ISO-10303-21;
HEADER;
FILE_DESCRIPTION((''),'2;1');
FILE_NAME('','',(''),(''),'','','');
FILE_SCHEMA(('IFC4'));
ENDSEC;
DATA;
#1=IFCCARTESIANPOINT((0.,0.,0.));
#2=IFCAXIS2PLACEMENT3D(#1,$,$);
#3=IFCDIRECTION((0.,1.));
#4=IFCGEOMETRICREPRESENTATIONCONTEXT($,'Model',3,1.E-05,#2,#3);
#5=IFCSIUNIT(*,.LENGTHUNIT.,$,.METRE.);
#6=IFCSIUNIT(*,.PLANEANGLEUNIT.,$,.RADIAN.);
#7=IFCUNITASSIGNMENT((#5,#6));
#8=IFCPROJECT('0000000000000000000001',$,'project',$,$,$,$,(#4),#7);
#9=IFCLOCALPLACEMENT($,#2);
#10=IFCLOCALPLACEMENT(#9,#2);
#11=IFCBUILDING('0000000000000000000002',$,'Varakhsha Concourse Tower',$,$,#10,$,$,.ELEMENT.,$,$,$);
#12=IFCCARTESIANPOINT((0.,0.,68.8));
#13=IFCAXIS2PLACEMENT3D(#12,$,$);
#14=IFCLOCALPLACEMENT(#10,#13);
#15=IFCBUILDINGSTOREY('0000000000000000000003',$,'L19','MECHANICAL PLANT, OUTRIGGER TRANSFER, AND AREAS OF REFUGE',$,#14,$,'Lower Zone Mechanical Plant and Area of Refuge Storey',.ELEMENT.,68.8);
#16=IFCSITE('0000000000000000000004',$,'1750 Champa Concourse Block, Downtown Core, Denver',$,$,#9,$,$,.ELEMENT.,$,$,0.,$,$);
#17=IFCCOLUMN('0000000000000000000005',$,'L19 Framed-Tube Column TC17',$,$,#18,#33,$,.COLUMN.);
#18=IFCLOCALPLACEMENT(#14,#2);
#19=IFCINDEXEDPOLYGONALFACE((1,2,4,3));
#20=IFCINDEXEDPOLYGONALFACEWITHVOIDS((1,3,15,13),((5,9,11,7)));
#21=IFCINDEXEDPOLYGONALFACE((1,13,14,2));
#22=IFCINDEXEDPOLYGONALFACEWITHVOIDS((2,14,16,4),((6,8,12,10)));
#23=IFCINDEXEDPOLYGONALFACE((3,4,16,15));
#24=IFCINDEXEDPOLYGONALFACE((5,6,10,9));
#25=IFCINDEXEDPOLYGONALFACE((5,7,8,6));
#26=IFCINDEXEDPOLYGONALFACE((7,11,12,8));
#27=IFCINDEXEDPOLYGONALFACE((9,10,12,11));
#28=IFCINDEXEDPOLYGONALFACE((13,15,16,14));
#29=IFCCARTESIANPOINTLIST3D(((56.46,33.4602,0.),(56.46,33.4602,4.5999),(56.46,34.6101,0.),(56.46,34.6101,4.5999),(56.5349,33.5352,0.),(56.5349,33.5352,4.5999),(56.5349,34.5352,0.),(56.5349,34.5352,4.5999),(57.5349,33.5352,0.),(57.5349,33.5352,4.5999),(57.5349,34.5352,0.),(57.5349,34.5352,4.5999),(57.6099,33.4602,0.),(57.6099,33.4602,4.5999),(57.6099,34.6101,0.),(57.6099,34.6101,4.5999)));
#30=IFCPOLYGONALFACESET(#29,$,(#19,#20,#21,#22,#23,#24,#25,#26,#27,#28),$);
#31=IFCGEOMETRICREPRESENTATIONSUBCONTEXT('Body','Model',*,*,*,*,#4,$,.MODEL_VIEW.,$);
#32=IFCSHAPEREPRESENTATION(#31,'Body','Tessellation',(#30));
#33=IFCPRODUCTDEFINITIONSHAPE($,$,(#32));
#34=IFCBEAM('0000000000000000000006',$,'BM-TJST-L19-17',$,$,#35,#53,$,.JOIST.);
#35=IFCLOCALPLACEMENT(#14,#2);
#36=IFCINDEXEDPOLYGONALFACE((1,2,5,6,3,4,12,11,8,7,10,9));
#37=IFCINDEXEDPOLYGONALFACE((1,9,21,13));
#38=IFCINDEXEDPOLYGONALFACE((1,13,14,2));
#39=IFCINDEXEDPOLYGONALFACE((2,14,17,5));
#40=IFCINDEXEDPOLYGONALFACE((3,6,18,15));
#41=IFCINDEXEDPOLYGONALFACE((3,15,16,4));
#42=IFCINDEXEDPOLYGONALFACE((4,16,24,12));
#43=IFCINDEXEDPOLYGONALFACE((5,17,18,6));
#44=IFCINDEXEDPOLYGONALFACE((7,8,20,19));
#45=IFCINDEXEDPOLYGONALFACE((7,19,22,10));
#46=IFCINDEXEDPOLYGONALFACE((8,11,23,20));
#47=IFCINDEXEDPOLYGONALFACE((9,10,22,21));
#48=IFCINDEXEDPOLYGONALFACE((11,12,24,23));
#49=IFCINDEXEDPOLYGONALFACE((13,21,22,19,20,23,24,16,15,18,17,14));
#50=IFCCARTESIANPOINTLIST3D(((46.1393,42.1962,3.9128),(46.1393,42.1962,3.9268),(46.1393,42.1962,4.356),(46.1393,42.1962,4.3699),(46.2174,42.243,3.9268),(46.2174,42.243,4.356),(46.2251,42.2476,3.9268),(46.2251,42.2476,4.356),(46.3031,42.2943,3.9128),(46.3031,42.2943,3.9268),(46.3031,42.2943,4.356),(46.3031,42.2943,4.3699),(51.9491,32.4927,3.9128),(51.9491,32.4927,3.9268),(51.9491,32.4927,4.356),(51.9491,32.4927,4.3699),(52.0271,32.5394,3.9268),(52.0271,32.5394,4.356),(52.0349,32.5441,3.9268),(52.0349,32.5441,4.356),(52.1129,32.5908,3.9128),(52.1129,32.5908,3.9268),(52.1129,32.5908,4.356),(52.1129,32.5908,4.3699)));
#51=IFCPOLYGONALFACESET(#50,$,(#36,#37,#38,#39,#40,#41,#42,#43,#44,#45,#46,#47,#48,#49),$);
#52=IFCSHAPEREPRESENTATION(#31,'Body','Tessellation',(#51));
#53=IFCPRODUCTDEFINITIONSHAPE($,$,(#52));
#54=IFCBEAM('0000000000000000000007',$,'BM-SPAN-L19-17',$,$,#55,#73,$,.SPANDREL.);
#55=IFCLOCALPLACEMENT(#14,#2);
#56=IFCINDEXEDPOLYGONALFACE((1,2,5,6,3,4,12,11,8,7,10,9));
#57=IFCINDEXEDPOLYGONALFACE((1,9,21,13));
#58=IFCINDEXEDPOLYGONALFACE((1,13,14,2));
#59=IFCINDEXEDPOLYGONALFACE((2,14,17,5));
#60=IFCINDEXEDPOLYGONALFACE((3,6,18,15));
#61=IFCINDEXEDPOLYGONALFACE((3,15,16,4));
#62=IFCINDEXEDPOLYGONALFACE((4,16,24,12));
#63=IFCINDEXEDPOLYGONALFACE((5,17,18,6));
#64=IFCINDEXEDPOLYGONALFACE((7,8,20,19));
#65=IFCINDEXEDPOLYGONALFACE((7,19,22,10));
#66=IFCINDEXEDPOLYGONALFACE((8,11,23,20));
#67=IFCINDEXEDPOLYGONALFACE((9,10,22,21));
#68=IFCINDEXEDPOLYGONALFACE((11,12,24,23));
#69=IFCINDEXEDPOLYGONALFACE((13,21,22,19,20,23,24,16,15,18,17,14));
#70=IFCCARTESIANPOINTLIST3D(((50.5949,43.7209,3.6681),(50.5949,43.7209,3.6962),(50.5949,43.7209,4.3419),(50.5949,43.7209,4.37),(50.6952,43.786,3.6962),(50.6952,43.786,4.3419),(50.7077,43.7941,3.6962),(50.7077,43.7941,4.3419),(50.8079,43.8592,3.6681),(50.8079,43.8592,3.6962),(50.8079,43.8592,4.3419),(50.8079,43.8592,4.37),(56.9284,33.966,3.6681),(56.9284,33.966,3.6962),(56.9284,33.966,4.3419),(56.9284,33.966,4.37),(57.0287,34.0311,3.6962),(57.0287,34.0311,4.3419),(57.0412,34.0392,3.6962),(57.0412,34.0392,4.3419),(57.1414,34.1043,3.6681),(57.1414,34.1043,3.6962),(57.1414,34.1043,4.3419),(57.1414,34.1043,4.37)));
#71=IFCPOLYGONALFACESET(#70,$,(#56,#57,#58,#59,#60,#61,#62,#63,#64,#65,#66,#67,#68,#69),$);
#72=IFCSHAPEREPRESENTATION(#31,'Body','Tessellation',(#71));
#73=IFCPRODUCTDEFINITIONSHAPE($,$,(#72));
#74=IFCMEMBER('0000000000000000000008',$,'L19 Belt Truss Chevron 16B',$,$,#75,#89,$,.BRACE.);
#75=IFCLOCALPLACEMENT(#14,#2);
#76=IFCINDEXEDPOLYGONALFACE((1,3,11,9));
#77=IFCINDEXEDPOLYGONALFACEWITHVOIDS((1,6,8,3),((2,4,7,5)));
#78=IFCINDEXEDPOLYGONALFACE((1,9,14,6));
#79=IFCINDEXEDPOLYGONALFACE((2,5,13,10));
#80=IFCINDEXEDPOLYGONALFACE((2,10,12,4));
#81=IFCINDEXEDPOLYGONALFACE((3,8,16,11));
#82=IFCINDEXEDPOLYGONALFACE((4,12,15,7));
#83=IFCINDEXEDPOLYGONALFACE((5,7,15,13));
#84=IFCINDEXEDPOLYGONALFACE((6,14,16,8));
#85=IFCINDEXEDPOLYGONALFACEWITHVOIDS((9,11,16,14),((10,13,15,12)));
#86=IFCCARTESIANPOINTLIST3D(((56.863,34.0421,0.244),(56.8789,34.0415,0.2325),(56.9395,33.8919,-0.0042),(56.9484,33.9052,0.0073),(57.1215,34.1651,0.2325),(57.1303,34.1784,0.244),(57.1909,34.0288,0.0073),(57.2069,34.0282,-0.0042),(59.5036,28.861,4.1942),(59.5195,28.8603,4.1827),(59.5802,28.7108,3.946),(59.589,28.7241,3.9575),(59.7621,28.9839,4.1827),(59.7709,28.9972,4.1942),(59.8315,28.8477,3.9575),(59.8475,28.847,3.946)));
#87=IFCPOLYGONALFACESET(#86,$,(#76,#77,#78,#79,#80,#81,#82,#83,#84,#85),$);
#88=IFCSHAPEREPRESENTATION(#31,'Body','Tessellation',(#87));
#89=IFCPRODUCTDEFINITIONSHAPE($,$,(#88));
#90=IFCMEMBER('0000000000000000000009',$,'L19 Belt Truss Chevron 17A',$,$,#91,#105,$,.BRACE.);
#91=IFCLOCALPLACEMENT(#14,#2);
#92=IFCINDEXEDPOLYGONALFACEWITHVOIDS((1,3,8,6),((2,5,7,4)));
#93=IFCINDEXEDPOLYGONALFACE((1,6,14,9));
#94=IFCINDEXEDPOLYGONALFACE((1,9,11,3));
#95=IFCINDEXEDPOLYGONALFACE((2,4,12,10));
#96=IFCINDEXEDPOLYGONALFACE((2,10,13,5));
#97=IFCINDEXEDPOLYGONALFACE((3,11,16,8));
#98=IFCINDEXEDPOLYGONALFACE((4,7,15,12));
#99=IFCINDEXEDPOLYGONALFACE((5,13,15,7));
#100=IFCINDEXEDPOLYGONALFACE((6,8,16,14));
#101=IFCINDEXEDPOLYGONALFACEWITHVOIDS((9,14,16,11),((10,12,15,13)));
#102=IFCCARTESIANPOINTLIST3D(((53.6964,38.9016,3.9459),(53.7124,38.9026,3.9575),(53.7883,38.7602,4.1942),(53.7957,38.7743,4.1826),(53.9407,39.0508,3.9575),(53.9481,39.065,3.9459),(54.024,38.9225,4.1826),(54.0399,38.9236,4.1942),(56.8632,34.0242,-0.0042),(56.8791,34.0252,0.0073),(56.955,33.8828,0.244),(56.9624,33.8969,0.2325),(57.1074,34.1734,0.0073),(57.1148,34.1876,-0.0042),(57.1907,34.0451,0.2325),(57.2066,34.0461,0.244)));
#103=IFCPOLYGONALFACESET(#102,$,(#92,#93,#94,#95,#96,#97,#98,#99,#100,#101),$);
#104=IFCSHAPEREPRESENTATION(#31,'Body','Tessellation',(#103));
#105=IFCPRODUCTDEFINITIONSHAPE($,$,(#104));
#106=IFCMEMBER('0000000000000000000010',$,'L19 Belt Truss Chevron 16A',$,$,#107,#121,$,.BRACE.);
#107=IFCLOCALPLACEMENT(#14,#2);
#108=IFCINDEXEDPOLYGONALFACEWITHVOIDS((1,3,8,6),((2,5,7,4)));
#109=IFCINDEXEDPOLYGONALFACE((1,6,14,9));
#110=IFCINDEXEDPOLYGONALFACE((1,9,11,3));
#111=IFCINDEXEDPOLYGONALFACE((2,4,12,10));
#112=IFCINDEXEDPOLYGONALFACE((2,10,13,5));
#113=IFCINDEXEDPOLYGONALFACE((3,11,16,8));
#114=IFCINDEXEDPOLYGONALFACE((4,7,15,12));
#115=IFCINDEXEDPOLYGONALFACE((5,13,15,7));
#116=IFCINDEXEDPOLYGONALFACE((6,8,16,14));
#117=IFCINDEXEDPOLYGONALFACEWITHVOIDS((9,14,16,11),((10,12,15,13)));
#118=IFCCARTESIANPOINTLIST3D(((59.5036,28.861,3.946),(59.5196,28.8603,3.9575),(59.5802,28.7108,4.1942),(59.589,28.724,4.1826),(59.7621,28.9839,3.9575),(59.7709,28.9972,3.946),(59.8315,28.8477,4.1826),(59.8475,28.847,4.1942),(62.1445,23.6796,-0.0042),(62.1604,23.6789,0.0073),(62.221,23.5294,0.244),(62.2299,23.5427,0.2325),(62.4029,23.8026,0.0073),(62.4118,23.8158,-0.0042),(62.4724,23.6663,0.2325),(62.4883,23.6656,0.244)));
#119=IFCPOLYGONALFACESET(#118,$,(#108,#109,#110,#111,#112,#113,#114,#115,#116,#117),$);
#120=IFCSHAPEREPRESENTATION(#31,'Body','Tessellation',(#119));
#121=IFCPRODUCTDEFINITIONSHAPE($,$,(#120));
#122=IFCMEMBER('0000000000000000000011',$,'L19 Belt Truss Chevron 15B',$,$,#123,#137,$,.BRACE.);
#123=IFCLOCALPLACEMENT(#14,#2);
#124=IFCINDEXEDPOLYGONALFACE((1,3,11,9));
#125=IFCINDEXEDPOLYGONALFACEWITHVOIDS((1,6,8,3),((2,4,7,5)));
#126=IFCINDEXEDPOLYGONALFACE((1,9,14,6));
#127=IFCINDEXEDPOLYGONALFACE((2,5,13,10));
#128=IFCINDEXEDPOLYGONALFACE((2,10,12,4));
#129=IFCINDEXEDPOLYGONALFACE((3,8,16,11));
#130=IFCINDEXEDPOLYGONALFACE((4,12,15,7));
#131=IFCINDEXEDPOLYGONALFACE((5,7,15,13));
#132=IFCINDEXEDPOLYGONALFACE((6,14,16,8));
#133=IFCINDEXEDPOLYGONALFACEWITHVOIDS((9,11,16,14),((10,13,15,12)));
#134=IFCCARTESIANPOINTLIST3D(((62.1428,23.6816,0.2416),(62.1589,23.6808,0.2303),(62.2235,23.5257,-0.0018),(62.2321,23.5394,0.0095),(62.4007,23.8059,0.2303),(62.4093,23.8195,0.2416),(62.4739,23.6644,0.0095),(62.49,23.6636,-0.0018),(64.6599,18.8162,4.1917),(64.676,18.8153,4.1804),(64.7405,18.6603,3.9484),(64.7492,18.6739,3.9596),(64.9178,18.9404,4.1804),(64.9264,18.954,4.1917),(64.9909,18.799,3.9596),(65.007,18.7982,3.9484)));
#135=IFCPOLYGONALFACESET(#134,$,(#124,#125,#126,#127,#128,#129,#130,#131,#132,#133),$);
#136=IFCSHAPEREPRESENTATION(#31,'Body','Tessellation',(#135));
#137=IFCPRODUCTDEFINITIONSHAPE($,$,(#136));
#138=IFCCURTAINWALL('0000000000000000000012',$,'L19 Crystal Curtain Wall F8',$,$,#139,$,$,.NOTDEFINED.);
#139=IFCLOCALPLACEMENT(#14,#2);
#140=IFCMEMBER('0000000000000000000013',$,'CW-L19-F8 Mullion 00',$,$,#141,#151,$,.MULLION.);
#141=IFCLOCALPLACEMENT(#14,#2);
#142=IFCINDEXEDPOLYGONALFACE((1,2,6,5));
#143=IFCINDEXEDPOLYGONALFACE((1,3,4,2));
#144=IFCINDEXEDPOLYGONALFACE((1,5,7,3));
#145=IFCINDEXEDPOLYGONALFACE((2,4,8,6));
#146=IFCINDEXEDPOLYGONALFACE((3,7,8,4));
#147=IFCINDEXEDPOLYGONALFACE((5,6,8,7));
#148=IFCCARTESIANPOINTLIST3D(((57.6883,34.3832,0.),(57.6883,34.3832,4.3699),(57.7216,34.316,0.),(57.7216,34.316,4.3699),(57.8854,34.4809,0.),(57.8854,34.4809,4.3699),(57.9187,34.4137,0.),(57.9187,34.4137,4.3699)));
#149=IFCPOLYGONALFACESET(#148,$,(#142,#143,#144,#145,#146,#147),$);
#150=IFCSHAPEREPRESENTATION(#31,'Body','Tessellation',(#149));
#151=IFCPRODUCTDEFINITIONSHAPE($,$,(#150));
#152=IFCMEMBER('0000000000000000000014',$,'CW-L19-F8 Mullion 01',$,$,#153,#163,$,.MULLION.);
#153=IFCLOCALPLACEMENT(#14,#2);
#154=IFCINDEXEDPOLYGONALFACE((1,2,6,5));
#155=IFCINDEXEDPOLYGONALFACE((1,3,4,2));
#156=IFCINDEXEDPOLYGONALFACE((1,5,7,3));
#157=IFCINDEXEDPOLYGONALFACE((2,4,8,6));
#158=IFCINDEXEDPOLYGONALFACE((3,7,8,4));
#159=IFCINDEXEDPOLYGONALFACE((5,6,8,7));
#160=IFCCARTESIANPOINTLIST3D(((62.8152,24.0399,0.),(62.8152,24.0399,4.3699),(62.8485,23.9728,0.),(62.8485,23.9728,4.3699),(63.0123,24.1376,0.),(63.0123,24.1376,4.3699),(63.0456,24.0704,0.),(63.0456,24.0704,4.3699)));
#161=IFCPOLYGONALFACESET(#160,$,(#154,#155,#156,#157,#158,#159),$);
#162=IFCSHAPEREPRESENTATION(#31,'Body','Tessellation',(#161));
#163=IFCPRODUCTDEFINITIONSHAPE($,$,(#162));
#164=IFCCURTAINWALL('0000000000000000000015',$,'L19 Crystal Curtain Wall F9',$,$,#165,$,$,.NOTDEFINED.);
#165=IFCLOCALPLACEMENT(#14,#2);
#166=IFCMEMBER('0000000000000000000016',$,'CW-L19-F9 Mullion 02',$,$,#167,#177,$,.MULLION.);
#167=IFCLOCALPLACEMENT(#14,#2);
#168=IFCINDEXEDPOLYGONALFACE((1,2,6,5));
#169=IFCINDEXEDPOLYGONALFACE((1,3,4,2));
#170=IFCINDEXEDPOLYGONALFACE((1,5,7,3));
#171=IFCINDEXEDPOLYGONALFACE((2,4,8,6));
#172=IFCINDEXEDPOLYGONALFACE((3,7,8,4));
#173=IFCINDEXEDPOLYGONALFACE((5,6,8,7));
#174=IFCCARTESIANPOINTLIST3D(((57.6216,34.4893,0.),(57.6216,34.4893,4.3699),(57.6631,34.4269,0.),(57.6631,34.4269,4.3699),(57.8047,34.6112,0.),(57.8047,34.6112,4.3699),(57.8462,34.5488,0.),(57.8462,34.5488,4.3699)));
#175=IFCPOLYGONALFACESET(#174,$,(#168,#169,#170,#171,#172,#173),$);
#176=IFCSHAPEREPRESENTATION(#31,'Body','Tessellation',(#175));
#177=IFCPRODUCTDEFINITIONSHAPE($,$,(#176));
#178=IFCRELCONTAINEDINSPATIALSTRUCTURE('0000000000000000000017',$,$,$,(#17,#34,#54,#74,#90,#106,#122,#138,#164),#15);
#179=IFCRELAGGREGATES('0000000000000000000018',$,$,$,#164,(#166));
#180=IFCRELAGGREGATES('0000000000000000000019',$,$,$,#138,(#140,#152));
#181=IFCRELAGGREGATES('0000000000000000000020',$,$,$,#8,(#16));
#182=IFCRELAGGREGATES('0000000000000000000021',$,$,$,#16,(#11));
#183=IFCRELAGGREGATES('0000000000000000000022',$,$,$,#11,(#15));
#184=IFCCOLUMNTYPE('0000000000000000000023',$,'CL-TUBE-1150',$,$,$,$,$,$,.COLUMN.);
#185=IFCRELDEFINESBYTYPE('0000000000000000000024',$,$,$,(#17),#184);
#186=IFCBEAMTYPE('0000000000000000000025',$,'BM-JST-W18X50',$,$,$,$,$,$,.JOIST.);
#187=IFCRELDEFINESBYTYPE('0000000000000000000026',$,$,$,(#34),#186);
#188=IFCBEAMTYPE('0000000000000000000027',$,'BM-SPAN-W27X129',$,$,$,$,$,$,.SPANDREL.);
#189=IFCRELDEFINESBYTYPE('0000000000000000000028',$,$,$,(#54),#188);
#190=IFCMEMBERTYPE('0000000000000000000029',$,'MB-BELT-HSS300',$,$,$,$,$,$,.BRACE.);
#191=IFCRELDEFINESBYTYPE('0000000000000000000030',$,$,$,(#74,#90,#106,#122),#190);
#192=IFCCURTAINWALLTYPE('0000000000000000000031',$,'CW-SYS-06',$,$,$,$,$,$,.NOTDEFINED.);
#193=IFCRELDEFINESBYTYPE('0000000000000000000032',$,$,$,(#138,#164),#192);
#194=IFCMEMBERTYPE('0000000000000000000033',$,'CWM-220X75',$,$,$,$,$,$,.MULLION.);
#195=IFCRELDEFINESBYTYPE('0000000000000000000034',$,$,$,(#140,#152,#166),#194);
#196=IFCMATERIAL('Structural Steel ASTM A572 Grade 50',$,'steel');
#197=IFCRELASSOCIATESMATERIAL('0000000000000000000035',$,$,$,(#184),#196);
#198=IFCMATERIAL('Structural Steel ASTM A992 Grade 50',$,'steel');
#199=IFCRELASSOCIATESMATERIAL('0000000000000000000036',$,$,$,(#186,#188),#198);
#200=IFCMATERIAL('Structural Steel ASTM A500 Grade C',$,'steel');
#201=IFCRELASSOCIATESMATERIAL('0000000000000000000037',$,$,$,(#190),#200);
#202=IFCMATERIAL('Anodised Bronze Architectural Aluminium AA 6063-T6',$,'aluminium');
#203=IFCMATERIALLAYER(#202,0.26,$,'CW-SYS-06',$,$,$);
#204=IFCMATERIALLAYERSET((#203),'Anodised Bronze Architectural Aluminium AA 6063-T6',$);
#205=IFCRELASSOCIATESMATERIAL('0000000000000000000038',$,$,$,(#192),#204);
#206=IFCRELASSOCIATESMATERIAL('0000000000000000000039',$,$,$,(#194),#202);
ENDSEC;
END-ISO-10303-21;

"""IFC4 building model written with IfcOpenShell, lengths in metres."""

from ifc_helpers import new_model, si_unit, direction, frame, origin, origin_2d, place, context, subcontext, project, spatial, rectangle, hollow_rectangle, i_section, extrude, source, transform, mapped, material, layer, layer_set, material_profile, profile_set, type_object, type_shapes, element, aggregate, save


model = new_model("IFC4")

# Units and contexts
model_context = context("Model", 3, precision=1e-05, world=origin(), true_north=direction((0.0, 1.0)))
body_context = subcontext(model_context, "Body", "Model", "MODEL_VIEW")
ifc_project = project(units=[si_unit("LENGTHUNIT", "METRE"), si_unit("PLANEANGLEUNIT", "RADIAN")], contexts=[model_context])

# Site, building, storey
site_placement = place(None, origin())
site = spatial("IfcSite", under=ifc_project, at=site_placement, Name="1750 Champa Concourse Block, Downtown Core, Denver", CompositionType="ELEMENT", RefElevation=0.0)
building_placement = place(site_placement, origin())
building = spatial("IfcBuilding", under=site, at=building_placement, Name="Varakhsha Concourse Tower", CompositionType="ELEMENT")
storey_placement = place(building_placement, frame((0.0, 0.0, 68.8)))
storey = spatial("IfcBuildingStorey", under=building, at=storey_placement, Name="L19", Description="MECHANICAL PLANT, OUTRIGGER TRANSFER, AND AREAS OF REFUGE", LongName="Lower Zone Mechanical Plant and Area of Refuge Storey", CompositionType="ELEMENT", Elevation=68.8)

# Column
ifc_material_1 = material(Name="Structural Steel ASTM A572 Grade 50", Category="steel")
ifc_material_profile_1 = material_profile(ifc_material_1, hollow_rectangle(XDim=1.1499, YDim=1.1499, WallThickness=0.075, at=origin_2d()), Name="BOX 1150x1150x75")
ifc_profile_set_1 = profile_set([ifc_material_profile_1], Name="Structural Steel ASTM A572 Grade 50")
column_type = type_object("IfcColumnType", Name="CL-TUBE-1150", PredefinedType="COLUMN", material=ifc_profile_set_1)
column_placement = place(storey_placement, frame((57.0349, 34.0352, 0.0), z_axis=(0.0, 0.0, 1.0), x_axis=(1.0, 0.0, 0.0)))
element("IfcColumn", 1, at=column_placement, inside=storey, type_object=column_type, Name="L19 Framed-Tube Column TC17", PredefinedType="COLUMN", context=body_context, shape_type="SweptSolid", body=[
    extrude(hollow_rectangle(XDim=1.1499, YDim=1.1499, WallThickness=0.075, at=origin_2d()), origin(), (0.0, 0.0, 1.0), 4.5999),
])

# Beams
ifc_material_2 = material(Name="Structural Steel ASTM A992 Grade 50", Category="steel")
ifc_material_profile_2 = material_profile(ifc_material_2, i_section(OverallWidth=0.1909, OverallDepth=0.457, WebThickness=0.009, FlangeThickness=0.0139, at=origin_2d()), Name="W18X50")
ifc_profile_set_2 = profile_set([ifc_material_profile_2], Name="Structural Steel ASTM A992 Grade 50")
beam_type_1 = type_object("IfcBeamType", Name="BM-JST-W18X50", PredefinedType="JOIST", material=ifc_profile_set_2)
beam_1_placement = place(storey_placement, frame((52.031, 32.5417, 4.1414), z_axis=(-0.513692, 0.857974, 0.0), x_axis=(-0.857974, -0.513692, 0.0)))
element("IfcBeam", 2, at=beam_1_placement, inside=storey, type_object=beam_type_1, Name="BM-TJST-L19-17", PredefinedType="JOIST", context=body_context, shape_type="SweptSolid", body=[
    extrude(i_section(OverallWidth=0.1909, OverallDepth=0.457, WebThickness=0.009, FlangeThickness=0.0139, at=origin_2d()), origin(), (0.0, 0.0, 1.0), 11.3098),
])
ifc_material_profile_3 = material_profile(ifc_material_2, i_section(OverallWidth=0.2539, OverallDepth=0.7019, WebThickness=0.0149, FlangeThickness=0.0281, at=origin_2d()), Name="W27X129")
ifc_profile_set_3 = profile_set([ifc_material_profile_3], Name="Structural Steel ASTM A992 Grade 50")
beam_type_2 = type_object("IfcBeamType", Name="BM-SPAN-W27X129", PredefinedType="SPANDREL", material=ifc_profile_set_3)
beam_2_placement = place(storey_placement, frame((57.0349, 34.0352, 4.019), z_axis=(-0.544554, 0.838726, 0.0), x_axis=(-0.838726, -0.544554, 0.0)))
element("IfcBeam", 3, at=beam_2_placement, inside=storey, type_object=beam_type_2, Name="BM-SPAN-L19-17", PredefinedType="SPANDREL", context=body_context, shape_type="SweptSolid", body=[
    extrude(i_section(OverallWidth=0.2539, OverallDepth=0.7019, WebThickness=0.0149, FlangeThickness=0.0281, at=origin_2d()), origin(), (0.0, 0.0, 1.0), 11.6306),
])

# Members
ifc_material_3 = material(Name="Structural Steel ASTM A500 Grade C", Category="steel")
ifc_material_profile_4 = material_profile(ifc_material_3, hollow_rectangle(XDim=0.3, YDim=0.3, WallThickness=0.0139, at=origin_2d()), Name="HSS 300x300x14")
ifc_profile_set_4 = profile_set([ifc_material_profile_4], Name="Structural Steel ASTM A500 Grade C")
member_type_1 = type_object("IfcMemberType", Name="MB-BELT-HSS300", PredefinedType="BRACE", material=ifc_profile_set_4)
shared_shape_1 = source(origin(), body_context, "Body", "SweptSolid", [
    extrude(hollow_rectangle(XDim=0.3, YDim=0.3, WallThickness=0.0139, at=origin_2d()), origin(), (0.0, 0.0, 1.0), 7.03),
])
for number, where, z_axis, x_axis, name in (
    (4, (57.0349, 34.0352, 0.1199), (0.375621, -0.737003, 0.561903), (0.890958, 0.454086, 0.0), "L19 Belt Truss Chevron 16B"),
    (5, (57.0349, 34.0352, 0.1199), (-0.450458, 0.693798, 0.5619), (-0.838726, -0.544554, 0.0), "L19 Belt Truss Chevron 17A"),
):
    element("IfcMember", number, at=place(storey_placement, frame(where, z_axis=z_axis, x_axis=x_axis)), inside=storey, type_object=member_type_1, Name=name, PredefinedType="BRACE", context=body_context, shape_type="MappedRepresentation", body=[
        mapped(shared_shape_1, transform((0.0, 0.0, 0.0), scale=1.0)),
    ])
shared_shape_2 = source(origin(), body_context, "Body", "SweptSolid", [
    extrude(hollow_rectangle(XDim=0.3, YDim=0.3, WallThickness=0.0139, at=origin_2d()), origin(), (0.0, 0.0, 1.0), 7.0303),
])
member_1_placement = place(storey_placement, frame((62.3164, 23.6726, 0.1199), z_axis=(-0.375641, 0.737009, 0.561882), x_axis=(-0.89095, -0.454102, 0.0)))
element("IfcMember", 6, at=member_1_placement, inside=storey, type_object=member_type_1, Name="L19 Belt Truss Chevron 16A", PredefinedType="BRACE", context=body_context, shape_type="MappedRepresentation", body=[
    mapped(shared_shape_2, transform((0.0, 0.0, 0.0), scale=1.0)),
])
shared_shape_3 = source(origin(), body_context, "Body", "SweptSolid", [
    extrude(hollow_rectangle(XDim=0.3, YDim=0.3, WallThickness=0.0139, at=origin_2d()), origin(), (0.0, 0.0, 1.0), 6.7537),
])
type_shapes(member_type_1, [shared_shape_1, shared_shape_2, shared_shape_3])
member_2_placement = place(storey_placement, frame((62.3164, 23.6726, 0.1199), z_axis=(0.372697, -0.720415, 0.584892), x_axis=(0.888183, 0.45949, 0.0)))
element("IfcMember", 7, at=member_2_placement, inside=storey, type_object=member_type_1, Name="L19 Belt Truss Chevron 15B", PredefinedType="BRACE", context=body_context, shape_type="MappedRepresentation", body=[
    mapped(shared_shape_3, transform((0.0, 0.0, 0.0), scale=1.0)),
])

# Curtain wall, members
ifc_material_4 = material(Name="Anodised Bronze Architectural Aluminium AA 6063-T6", Category="aluminium")
ifc_layer_1 = layer(ifc_material_4, 0.26, Name="CW-SYS-06")
ifc_layer_set_1 = layer_set([ifc_layer_1], Name="Anodised Bronze Architectural Aluminium AA 6063-T6")
curtain_wall_type = type_object("IfcCurtainWallType", Name="CW-SYS-06", PredefinedType="NOTDEFINED", material=ifc_layer_set_1)
curtain_wall_1_placement = place(storey_placement, origin())
curtain_wall_1 = element("IfcCurtainWall", 8, at=curtain_wall_1_placement, inside=storey, type_object=curtain_wall_type, Name="L19 Crystal Curtain Wall F8", PredefinedType="NOTDEFINED")
ifc_material_profile_5 = material_profile(ifc_material_4, rectangle(XDim=0.075, YDim=0.22, at=origin_2d()), Name="CWM-220X75")
ifc_profile_set_5 = profile_set([ifc_material_profile_5], Name="Anodised Bronze Architectural Aluminium AA 6063-T6")
member_type_2 = type_object("IfcMemberType", Name="CWM-220X75", PredefinedType="MULLION", material=ifc_profile_set_5)
shared_shape_4 = source(origin(), body_context, "Body", "SweptSolid", [
    extrude(rectangle(XDim=0.075, YDim=0.22, at=origin_2d()), origin(), (0.0, 0.0, 1.0), 4.3699),
])
type_shapes(member_type_2, [shared_shape_4])
member_3_placement = place(storey_placement, frame((57.8035, 34.3984, 0.0), z_axis=(0.0, 0.0, 1.0), x_axis=(0.444108, -0.895973, 0.0)))
member_3 = element("IfcMember", 9, at=member_3_placement, type_object=member_type_2, Name="CW-L19-F8 Mullion 00", PredefinedType="MULLION", context=body_context, shape_type="MappedRepresentation", body=[
    mapped(shared_shape_4, transform((0.0, 0.0, 0.0), scale=1.0)),
])
member_4_placement = place(storey_placement, frame((62.9304, 24.0552, 0.0), z_axis=(0.0, 0.0, 1.0), x_axis=(0.444108, -0.895973, 0.0)))
member_4 = element("IfcMember", 10, at=member_4_placement, type_object=member_type_2, Name="CW-L19-F8 Mullion 01", PredefinedType="MULLION", context=body_context, shape_type="MappedRepresentation", body=[
    mapped(shared_shape_4, transform((0.0, 0.0, 0.0), scale=1.0)),
])

# Curtain wall, member
curtain_wall_2_placement = place(storey_placement, origin())
curtain_wall_2 = element("IfcCurtainWall", 11, at=curtain_wall_2_placement, inside=storey, type_object=curtain_wall_type, Name="L19 Crystal Curtain Wall F9", PredefinedType="NOTDEFINED")
member_5_placement = place(storey_placement, frame((57.7339, 34.519, 0.0), z_axis=(0.0, 0.0, 1.0), x_axis=(0.553881, -0.832596, 0.0)))
member_5 = element("IfcMember", 12, at=member_5_placement, type_object=member_type_2, Name="CW-L19-F9 Mullion 02", PredefinedType="MULLION", context=body_context, shape_type="MappedRepresentation", body=[
    mapped(shared_shape_4, transform((0.0, 0.0, 0.0), scale=1.0)),
])
aggregate(curtain_wall_2, [member_5])

aggregate(curtain_wall_1, [member_3, member_4])

save(model, "model.ifc")
